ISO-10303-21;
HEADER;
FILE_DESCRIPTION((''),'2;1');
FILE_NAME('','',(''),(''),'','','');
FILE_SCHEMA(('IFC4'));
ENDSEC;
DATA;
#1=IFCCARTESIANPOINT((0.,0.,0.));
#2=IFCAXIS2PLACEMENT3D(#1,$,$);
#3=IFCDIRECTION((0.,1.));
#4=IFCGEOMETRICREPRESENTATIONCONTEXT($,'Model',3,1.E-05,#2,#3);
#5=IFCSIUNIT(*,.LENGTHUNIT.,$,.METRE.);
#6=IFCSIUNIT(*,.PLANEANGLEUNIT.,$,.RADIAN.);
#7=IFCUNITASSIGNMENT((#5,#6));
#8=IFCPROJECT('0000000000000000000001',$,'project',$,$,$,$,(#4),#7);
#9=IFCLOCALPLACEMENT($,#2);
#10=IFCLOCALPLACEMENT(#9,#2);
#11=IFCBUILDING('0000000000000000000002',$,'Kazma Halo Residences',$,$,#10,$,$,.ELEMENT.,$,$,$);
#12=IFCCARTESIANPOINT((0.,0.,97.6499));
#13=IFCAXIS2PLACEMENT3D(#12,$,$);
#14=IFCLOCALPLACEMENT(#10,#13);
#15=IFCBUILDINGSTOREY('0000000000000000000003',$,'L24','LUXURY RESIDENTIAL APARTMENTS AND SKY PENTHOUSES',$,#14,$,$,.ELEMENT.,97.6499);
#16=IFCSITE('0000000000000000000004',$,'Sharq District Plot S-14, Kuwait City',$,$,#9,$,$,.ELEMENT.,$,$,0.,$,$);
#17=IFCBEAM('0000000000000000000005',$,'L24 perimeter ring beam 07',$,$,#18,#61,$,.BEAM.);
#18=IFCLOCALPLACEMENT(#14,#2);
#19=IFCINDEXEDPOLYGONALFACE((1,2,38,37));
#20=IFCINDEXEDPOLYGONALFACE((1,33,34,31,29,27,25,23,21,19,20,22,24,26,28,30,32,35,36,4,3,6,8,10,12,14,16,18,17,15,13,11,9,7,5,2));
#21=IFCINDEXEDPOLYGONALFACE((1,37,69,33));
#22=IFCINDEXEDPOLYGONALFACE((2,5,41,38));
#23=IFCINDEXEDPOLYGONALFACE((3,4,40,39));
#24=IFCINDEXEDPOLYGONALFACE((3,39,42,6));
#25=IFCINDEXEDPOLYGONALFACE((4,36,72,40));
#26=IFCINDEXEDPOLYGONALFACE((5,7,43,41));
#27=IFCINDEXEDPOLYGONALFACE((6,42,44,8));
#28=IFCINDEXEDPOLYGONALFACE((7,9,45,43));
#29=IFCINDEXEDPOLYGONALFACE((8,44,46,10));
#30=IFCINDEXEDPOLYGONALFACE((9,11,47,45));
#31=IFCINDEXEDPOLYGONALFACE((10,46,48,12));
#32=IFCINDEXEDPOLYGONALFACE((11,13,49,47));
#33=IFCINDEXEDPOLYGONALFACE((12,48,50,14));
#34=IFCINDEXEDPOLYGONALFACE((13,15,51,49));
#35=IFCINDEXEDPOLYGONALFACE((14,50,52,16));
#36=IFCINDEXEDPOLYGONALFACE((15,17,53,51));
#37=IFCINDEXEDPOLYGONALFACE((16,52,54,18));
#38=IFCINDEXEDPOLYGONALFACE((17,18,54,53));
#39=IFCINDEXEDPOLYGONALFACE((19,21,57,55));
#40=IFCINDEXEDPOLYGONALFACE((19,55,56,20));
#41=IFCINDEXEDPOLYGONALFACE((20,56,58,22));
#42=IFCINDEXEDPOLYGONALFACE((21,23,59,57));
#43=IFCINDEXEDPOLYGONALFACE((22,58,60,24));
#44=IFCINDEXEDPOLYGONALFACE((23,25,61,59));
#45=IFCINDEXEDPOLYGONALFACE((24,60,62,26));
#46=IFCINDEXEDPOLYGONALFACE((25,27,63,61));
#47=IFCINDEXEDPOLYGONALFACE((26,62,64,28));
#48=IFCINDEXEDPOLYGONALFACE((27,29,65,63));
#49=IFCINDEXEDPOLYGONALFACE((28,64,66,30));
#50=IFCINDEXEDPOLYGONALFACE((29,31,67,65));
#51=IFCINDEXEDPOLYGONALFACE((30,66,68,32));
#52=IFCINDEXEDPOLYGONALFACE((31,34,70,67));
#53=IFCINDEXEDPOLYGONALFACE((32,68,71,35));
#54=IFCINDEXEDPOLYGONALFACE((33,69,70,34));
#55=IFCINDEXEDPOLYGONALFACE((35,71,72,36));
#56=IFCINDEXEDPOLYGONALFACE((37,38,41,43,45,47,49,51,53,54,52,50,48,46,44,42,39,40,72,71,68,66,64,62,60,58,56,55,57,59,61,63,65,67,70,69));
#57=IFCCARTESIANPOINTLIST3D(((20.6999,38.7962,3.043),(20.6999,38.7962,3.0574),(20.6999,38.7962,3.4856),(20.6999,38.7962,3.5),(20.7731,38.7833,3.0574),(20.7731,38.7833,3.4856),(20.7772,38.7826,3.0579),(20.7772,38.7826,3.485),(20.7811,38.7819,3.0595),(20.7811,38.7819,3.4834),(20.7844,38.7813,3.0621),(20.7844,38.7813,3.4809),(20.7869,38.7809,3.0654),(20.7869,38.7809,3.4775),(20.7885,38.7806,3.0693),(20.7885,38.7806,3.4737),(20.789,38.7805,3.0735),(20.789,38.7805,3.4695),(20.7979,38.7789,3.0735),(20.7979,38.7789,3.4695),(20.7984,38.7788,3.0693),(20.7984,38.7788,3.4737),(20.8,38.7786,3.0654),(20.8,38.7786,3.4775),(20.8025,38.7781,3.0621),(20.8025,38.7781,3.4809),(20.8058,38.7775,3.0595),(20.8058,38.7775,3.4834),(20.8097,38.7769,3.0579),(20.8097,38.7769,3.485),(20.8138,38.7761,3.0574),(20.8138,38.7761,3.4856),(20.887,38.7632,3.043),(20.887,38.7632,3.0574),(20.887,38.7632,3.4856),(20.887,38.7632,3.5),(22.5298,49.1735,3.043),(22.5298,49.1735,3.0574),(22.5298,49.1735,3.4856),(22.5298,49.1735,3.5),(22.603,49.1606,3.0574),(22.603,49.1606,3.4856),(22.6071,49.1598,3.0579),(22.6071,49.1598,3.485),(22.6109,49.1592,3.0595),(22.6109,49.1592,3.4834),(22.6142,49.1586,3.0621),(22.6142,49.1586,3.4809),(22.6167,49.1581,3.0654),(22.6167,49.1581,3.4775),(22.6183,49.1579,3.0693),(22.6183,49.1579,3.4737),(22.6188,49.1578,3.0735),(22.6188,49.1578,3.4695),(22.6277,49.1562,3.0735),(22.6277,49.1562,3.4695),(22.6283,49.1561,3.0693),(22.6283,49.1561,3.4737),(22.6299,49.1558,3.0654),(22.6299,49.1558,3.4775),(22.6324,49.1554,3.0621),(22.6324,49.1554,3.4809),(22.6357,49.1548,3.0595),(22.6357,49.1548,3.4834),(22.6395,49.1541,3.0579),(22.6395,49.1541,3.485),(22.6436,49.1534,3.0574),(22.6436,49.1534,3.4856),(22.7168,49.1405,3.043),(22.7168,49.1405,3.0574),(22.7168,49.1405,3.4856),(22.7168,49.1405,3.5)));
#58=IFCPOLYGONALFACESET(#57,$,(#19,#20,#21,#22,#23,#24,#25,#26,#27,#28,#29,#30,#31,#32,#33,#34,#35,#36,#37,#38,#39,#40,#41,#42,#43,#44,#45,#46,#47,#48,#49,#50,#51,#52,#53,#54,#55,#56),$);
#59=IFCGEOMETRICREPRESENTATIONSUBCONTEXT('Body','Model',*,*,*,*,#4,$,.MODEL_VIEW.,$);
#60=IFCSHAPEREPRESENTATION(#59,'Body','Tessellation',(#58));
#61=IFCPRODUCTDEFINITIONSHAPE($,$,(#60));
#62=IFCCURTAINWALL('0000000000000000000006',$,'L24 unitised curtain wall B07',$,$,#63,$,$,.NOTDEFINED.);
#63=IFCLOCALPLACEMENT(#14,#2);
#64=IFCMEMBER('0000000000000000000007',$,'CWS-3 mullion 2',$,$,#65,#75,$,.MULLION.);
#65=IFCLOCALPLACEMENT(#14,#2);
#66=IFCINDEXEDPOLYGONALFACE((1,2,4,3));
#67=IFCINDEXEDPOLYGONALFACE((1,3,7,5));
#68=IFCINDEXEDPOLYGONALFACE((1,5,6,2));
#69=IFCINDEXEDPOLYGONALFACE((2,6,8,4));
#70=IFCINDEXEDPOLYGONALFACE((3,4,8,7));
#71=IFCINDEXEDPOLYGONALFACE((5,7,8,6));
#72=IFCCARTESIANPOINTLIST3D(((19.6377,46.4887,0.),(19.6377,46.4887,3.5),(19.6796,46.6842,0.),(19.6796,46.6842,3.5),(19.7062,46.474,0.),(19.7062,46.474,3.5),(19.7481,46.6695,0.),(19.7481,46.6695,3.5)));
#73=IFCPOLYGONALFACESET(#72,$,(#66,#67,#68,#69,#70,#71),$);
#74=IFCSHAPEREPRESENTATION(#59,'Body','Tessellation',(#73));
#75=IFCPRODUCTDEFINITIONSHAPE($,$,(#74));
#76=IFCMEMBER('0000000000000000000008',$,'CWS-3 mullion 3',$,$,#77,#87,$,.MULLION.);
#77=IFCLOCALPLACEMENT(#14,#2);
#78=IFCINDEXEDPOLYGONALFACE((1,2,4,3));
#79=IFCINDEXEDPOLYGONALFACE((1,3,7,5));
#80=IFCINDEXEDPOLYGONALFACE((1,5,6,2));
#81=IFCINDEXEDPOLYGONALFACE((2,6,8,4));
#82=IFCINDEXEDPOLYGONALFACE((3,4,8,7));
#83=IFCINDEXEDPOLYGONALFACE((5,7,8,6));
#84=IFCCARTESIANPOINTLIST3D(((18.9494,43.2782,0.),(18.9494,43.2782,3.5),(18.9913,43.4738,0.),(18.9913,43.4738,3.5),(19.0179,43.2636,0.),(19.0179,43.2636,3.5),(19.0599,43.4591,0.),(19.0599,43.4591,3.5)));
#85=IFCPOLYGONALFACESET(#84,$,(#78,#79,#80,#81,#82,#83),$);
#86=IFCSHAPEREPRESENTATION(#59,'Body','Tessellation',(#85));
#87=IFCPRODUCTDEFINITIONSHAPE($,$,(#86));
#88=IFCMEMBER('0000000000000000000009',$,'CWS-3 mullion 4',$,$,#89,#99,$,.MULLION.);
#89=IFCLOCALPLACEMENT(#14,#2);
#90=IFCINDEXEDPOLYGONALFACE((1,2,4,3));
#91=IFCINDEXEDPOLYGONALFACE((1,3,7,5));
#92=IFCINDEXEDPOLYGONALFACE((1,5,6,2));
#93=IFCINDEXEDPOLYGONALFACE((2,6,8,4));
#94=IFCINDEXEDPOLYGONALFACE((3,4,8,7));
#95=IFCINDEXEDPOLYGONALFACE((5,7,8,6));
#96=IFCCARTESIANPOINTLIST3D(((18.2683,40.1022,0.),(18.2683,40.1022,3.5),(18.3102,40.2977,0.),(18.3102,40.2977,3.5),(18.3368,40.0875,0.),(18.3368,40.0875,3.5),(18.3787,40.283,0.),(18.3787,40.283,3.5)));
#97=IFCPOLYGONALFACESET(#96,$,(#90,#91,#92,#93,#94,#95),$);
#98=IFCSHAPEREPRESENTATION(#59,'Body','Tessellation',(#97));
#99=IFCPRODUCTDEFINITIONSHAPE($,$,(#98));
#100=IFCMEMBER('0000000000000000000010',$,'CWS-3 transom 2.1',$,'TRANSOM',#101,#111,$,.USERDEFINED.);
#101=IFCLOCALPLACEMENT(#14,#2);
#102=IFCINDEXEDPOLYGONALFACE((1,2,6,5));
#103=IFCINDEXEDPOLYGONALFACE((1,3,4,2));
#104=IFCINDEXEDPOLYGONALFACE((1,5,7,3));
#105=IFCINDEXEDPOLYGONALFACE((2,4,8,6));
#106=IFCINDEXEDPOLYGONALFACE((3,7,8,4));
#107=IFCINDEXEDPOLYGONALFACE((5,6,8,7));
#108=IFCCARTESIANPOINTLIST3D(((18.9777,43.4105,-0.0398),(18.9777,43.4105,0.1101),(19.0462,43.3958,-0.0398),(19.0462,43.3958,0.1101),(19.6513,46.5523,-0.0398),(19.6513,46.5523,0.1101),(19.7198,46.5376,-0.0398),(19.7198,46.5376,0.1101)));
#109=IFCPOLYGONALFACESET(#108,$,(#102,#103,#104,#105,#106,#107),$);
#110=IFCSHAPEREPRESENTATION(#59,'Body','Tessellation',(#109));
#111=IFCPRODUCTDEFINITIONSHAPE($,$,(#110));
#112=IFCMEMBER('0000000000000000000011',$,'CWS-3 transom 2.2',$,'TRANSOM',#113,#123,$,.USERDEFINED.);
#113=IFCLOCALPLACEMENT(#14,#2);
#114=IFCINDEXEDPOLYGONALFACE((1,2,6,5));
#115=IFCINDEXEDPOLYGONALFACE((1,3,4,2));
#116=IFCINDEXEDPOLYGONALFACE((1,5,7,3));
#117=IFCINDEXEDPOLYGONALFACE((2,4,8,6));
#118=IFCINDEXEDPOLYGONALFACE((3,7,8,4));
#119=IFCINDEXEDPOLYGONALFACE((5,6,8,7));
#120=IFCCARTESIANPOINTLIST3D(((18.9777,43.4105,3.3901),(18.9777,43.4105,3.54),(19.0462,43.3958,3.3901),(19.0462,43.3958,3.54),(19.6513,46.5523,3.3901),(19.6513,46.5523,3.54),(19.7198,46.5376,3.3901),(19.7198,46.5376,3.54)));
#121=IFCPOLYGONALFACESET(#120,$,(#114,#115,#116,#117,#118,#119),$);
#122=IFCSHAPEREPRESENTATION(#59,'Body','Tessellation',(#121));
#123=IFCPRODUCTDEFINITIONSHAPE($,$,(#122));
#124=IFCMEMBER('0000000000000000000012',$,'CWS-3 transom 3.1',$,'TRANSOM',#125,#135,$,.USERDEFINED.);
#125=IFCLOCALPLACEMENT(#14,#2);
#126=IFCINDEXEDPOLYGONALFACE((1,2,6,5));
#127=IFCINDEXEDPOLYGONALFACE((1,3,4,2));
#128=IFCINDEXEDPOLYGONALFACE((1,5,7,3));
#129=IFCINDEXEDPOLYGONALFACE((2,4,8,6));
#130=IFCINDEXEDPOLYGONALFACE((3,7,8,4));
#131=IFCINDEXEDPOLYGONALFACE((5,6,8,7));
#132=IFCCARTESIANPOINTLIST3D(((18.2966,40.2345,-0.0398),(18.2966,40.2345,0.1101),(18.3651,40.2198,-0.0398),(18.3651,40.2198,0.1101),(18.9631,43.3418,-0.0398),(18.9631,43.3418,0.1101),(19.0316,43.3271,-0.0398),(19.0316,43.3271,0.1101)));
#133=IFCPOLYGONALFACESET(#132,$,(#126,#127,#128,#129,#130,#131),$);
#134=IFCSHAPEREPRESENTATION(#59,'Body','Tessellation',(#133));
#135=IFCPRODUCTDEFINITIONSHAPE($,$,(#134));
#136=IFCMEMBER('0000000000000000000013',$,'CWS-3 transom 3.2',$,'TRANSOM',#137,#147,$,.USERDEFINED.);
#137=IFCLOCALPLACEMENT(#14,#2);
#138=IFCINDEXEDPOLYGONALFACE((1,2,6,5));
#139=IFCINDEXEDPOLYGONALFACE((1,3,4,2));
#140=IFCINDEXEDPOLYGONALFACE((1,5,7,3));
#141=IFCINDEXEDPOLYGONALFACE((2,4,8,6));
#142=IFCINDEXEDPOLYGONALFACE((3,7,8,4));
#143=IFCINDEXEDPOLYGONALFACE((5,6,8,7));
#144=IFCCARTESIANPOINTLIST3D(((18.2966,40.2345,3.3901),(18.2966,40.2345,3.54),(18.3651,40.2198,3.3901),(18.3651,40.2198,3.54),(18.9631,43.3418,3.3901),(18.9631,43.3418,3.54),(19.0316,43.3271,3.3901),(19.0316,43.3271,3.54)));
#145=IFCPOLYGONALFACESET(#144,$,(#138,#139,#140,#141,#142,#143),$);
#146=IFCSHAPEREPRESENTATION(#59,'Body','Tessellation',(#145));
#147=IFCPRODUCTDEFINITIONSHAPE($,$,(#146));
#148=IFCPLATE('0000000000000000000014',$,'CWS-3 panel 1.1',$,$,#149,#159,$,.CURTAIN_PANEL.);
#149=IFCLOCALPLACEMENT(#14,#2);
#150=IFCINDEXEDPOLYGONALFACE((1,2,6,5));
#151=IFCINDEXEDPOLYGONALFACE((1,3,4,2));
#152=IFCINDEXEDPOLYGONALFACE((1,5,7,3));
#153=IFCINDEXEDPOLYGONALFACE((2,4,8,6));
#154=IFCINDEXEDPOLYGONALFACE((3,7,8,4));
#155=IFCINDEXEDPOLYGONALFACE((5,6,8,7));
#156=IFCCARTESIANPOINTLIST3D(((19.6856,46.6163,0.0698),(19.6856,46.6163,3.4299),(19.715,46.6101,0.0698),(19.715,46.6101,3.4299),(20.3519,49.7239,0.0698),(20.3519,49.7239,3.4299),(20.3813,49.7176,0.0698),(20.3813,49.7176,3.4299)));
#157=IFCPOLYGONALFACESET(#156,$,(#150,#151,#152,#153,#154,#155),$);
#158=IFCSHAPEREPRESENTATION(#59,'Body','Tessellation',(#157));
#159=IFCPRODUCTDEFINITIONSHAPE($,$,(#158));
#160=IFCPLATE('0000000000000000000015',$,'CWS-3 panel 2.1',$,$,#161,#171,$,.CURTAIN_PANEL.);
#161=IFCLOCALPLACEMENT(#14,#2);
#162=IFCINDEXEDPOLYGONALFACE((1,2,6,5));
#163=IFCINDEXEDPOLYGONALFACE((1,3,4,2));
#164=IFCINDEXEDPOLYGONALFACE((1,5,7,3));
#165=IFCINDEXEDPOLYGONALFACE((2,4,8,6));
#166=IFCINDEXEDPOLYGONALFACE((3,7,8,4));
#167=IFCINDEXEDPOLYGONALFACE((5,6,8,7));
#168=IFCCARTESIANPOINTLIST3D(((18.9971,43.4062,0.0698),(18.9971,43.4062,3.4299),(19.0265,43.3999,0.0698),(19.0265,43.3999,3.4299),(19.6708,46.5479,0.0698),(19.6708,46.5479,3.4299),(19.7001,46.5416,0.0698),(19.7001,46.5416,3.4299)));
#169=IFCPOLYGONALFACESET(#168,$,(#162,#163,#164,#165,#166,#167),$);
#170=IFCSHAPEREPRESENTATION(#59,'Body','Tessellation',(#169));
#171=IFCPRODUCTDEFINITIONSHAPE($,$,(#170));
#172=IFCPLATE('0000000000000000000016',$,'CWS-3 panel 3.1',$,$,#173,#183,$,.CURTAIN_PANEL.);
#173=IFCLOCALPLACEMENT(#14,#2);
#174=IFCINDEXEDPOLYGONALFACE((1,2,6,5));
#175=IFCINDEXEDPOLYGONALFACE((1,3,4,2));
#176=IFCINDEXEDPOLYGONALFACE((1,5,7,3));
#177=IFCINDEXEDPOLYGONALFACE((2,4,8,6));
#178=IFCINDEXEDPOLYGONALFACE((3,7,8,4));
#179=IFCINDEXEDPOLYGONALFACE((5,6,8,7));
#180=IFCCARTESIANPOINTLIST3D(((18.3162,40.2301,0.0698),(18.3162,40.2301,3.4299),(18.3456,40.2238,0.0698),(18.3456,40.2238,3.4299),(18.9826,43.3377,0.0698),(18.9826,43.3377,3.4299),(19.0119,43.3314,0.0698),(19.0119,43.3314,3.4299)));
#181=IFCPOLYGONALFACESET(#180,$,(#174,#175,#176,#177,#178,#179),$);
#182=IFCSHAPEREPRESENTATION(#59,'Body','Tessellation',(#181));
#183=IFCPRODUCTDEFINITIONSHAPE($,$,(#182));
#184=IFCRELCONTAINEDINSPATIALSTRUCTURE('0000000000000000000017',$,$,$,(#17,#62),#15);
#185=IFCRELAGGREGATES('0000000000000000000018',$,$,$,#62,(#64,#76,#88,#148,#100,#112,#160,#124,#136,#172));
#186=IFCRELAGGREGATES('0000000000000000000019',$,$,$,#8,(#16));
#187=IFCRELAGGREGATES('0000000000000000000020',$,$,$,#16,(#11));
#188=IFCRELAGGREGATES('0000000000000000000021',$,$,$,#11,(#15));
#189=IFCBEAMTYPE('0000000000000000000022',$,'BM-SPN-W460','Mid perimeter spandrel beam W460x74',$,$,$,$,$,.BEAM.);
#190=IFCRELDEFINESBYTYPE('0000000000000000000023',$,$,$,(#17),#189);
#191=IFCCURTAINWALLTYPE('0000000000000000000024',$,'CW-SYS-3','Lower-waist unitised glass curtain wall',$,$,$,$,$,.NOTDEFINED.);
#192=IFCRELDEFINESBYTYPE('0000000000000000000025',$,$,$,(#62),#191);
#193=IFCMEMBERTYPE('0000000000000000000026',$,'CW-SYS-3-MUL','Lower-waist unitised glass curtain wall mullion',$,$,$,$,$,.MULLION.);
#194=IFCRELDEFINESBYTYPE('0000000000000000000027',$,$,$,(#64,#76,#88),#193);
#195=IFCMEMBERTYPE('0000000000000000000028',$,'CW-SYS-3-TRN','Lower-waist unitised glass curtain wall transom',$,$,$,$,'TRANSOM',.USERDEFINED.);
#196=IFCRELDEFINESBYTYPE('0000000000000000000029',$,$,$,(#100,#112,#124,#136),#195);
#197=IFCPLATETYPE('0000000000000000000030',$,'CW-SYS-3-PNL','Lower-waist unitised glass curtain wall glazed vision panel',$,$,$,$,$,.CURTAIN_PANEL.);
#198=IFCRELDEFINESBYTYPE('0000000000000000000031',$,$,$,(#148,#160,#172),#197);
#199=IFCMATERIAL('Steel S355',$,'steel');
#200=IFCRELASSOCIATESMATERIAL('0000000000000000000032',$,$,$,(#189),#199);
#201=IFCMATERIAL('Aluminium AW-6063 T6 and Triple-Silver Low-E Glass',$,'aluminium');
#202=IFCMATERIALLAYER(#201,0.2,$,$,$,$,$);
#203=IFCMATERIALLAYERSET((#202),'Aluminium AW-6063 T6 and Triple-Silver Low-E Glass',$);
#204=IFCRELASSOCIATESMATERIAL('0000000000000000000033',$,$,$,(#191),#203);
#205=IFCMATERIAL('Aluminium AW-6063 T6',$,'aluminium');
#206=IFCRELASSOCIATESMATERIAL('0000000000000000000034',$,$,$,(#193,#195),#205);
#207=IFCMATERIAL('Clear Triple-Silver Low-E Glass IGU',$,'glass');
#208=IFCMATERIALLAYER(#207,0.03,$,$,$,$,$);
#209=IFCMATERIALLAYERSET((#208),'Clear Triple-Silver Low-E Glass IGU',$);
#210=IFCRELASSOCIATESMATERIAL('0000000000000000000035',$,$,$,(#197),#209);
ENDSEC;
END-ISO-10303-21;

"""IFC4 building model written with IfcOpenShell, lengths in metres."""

from ifc_helpers import new_model, si_unit, direction, frame, origin, origin_2d, place, context, subcontext, project, spatial, rectangle, i_section, extrude, material, layer, layer_set, material_profile, profile_set, type_object, element, aggregate, save


model = new_model("IFC4")

# Units and contexts
model_context = context("Model", 3, precision=1e-05, world=origin(), true_north=direction((0.0, 1.0)))
body_context = subcontext(model_context, "Body", "Model", "MODEL_VIEW")
ifc_project = project(units=[si_unit("LENGTHUNIT", "METRE"), si_unit("PLANEANGLEUNIT", "RADIAN")], contexts=[model_context])

# Site, building, storey
site_placement = place(None, origin())
site = spatial("IfcSite", under=ifc_project, at=site_placement, Name="Sharq District Plot S-14, Kuwait City", CompositionType="ELEMENT", RefElevation=0.0)
building_placement = place(site_placement, origin())
building = spatial("IfcBuilding", under=site, at=building_placement, Name="Kazma Halo Residences", CompositionType="ELEMENT")
storey_placement = place(building_placement, frame((0.0, 0.0, 97.6499)))
storey = spatial("IfcBuildingStorey", under=building, at=storey_placement, Name="L24", Description="LUXURY RESIDENTIAL APARTMENTS AND SKY PENTHOUSES", CompositionType="ELEMENT", Elevation=97.6499)

# Beam
ifc_material_1 = material(Name="Steel S355", Category="steel")
ifc_material_profile_1 = material_profile(ifc_material_1, i_section(OverallWidth=0.1899, OverallDepth=0.457, WebThickness=0.009, FlangeThickness=0.0144, FilletRadius=0.0161, at=origin_2d()), Name="W460x74")
ifc_profile_set_1 = profile_set([ifc_material_profile_1], Name="Steel S355")
beam_type_1 = type_object("IfcBeamType", Name="BM-SPN-W460", Description="Mid perimeter spandrel beam W460x74", PredefinedType="BEAM", material=ifc_profile_set_1)
beam_1_placement = place(storey_placement, frame((22.6233, 49.157, 3.2715), z_axis=(-0.173653, -0.984807, 0.0), x_axis=(0.984807, -0.173653, 0.0)))
element("IfcBeam", 1, at=beam_1_placement, inside=storey, type_object=beam_type_1, Name="L24 perimeter ring beam 07", PredefinedType="BEAM", context=body_context, shape_type="SweptSolid", body=[
    extrude(i_section(OverallWidth=0.1899, OverallDepth=0.457, WebThickness=0.009, FlangeThickness=0.0144, FilletRadius=0.0161, at=origin_2d()), origin(), (0.0, 0.0, 1.0), 10.5374),
])

# Curtain wall, members, plates
ifc_material_2 = material(Name="Aluminium AW-6063 T6 and Triple-Silver Low-E Glass", Category="aluminium")
ifc_layer_1 = layer(ifc_material_2, 0.2)
ifc_layer_set_1 = layer_set([ifc_layer_1], Name="Aluminium AW-6063 T6 and Triple-Silver Low-E Glass")
curtain_wall_type = type_object("IfcCurtainWallType", Name="CW-SYS-3", Description="Lower-waist unitised glass curtain wall", PredefinedType="NOTDEFINED", material=ifc_layer_set_1)
curtain_wall_placement = place(storey_placement, origin())
curtain_wall = element("IfcCurtainWall", 2, at=curtain_wall_placement, inside=storey, type_object=curtain_wall_type, Name="L24 unitised curtain wall B07", PredefinedType="NOTDEFINED")
ifc_material_3 = material(Name="Aluminium AW-6063 T6", Category="aluminium")
ifc_material_profile_2 = material_profile(ifc_material_3, rectangle(XDim=0.0701, YDim=0.2, at=origin_2d()), Name="CWM-70x200")
ifc_profile_set_2 = profile_set([ifc_material_profile_2], Name="Aluminium AW-6063 T6")
member_type_1 = type_object("IfcMemberType", Name="CW-SYS-3-MUL", Description="Lower-waist unitised glass curtain wall mullion", PredefinedType="MULLION", material=ifc_profile_set_2)
member_1_placement = place(storey_placement, frame((19.6929, 46.5791, 0.0), z_axis=(0.0, 0.0, 1.0), x_axis=(0.977774, -0.209661, 0.0)))
member_1 = element("IfcMember", 3, at=member_1_placement, type_object=member_type_1, Name="CWS-3 mullion 2", PredefinedType="MULLION", context=body_context, shape_type="SweptSolid", body=[
    extrude(rectangle(XDim=0.0701, YDim=0.2, at=origin_2d()), origin(), (0.0, 0.0, 1.0), 3.5),
])
member_2_placement = place(storey_placement, frame((19.0046, 43.3687, 0.0), z_axis=(0.0, 0.0, 1.0), x_axis=(0.977774, -0.209661, 0.0)))
member_2 = element("IfcMember", 4, at=member_2_placement, type_object=member_type_1, Name="CWS-3 mullion 3", PredefinedType="MULLION", context=body_context, shape_type="SweptSolid", body=[
    extrude(rectangle(XDim=0.0701, YDim=0.2, at=origin_2d()), origin(), (0.0, 0.0, 1.0), 3.5),
])
member_3_placement = place(storey_placement, frame((18.3235, 40.1926, 0.0), z_axis=(0.0, 0.0, 1.0), x_axis=(0.977774, -0.209661, 0.0)))
member_3 = element("IfcMember", 5, at=member_3_placement, type_object=member_type_1, Name="CWS-3 mullion 4", PredefinedType="MULLION", context=body_context, shape_type="SweptSolid", body=[
    extrude(rectangle(XDim=0.0701, YDim=0.2, at=origin_2d()), origin(), (0.0, 0.0, 1.0), 3.5),
])
ifc_material_profile_3 = material_profile(ifc_material_3, rectangle(XDim=0.0701, YDim=0.1499, at=origin_2d()), Name="CWT-70x150")
ifc_profile_set_3 = profile_set([ifc_material_profile_3], Name="Aluminium AW-6063 T6")
member_type_2 = type_object("IfcMemberType", Name="CW-SYS-3-TRN", Description="Lower-waist unitised glass curtain wall transom", ElementType="TRANSOM", PredefinedType="USERDEFINED", material=ifc_profile_set_3)
member_4_placement = place(storey_placement, frame((19.6855, 46.5449, 0.0352), z_axis=(-0.209628, -0.977781, 0.0), x_axis=(0.977781, -0.209628, 0.0)))
member_4 = element("IfcMember", 6, at=member_4_placement, type_object=member_type_2, Name="CWS-3 transom 2.1", ObjectType="TRANSOM", PredefinedType="USERDEFINED", context=body_context, shape_type="SweptSolid", body=[
    extrude(rectangle(XDim=0.0701, YDim=0.1499, at=origin_2d()), origin(), (0.0, 0.0, 1.0), 3.2131),
])
member_5_placement = place(storey_placement, frame((19.6855, 46.5449, 3.4651), z_axis=(-0.209628, -0.977781, 0.0), x_axis=(0.977781, -0.209628, 0.0)))
member_5 = element("IfcMember", 7, at=member_5_placement, type_object=member_type_2, Name="CWS-3 transom 2.2", ObjectType="TRANSOM", PredefinedType="USERDEFINED", context=body_context, shape_type="SweptSolid", body=[
    extrude(rectangle(XDim=0.0701, YDim=0.1499, at=origin_2d()), origin(), (0.0, 0.0, 1.0), 3.2131),
])
member_6_placement = place(storey_placement, frame((18.9973, 43.3345, 0.0352), z_axis=(-0.209718, -0.977762, 0.0), x_axis=(0.977762, -0.209718, 0.0)))
member_6 = element("IfcMember", 8, at=member_6_placement, type_object=member_type_2, Name="CWS-3 transom 3.1", ObjectType="TRANSOM", PredefinedType="USERDEFINED", context=body_context, shape_type="SweptSolid", body=[
    extrude(rectangle(XDim=0.0701, YDim=0.1499, at=origin_2d()), origin(), (0.0, 0.0, 1.0), 3.178),
])
member_7_placement = place(storey_placement, frame((18.9973, 43.3345, 3.4651), z_axis=(-0.209718, -0.977762, 0.0), x_axis=(0.977762, -0.209718, 0.0)))
member_7 = element("IfcMember", 9, at=member_7_placement, type_object=member_type_2, Name="CWS-3 transom 3.2", ObjectType="TRANSOM", PredefinedType="USERDEFINED", context=body_context, shape_type="SweptSolid", body=[
    extrude(rectangle(XDim=0.0701, YDim=0.1499, at=origin_2d()), origin(), (0.0, 0.0, 1.0), 3.178),
])
ifc_material_4 = material(Name="Clear Triple-Silver Low-E Glass IGU", Category="glass")
ifc_layer_2 = layer(ifc_material_4, 0.03)
ifc_layer_set_2 = layer_set([ifc_layer_2], Name="Clear Triple-Silver Low-E Glass IGU")
plate_type = type_object("IfcPlateType", Name="CW-SYS-3-PNL", Description="Lower-waist unitised glass curtain wall glazed vision panel", PredefinedType="CURTAIN_PANEL", material=ifc_layer_set_2)
plate_1_placement = place(storey_placement, frame((20.0334, 48.167, 0.0698), z_axis=(0.0, 0.0, 1.0), x_axis=(-0.209661, -0.977774, 0.0)))
plate_1 = element("IfcPlate", 10, at=plate_1_placement, type_object=plate_type, Name="CWS-3 panel 1.1", PredefinedType="CURTAIN_PANEL", context=body_context, shape_type="SweptSolid", body=[
    extrude(rectangle(XDim=3.1782, YDim=0.03, at=origin_2d()), origin(), (0.0, 0.0, 1.0), 3.3601),
])
plate_2_placement = place(storey_placement, frame((19.3486, 44.9739, 0.0698), z_axis=(0.0, 0.0, 1.0), x_axis=(-0.209661, -0.977774, 0.0)))
plate_2 = element("IfcPlate", 11, at=plate_2_placement, type_object=plate_type, Name="CWS-3 panel 2.1", PredefinedType="CURTAIN_PANEL", context=body_context, shape_type="SweptSolid", body=[
    extrude(rectangle(XDim=3.2131, YDim=0.03, at=origin_2d()), origin(), (0.0, 0.0, 1.0), 3.3601),
])
plate_3_placement = place(storey_placement, frame((18.6641, 41.7808, 0.0698), z_axis=(0.0, 0.0, 1.0), x_axis=(-0.209661, -0.977774, 0.0)))
plate_3 = element("IfcPlate", 12, at=plate_3_placement, type_object=plate_type, Name="CWS-3 panel 3.1", PredefinedType="CURTAIN_PANEL", context=body_context, shape_type="SweptSolid", body=[
    extrude(rectangle(XDim=3.1782, YDim=0.03, at=origin_2d()), origin(), (0.0, 0.0, 1.0), 3.3601),
])
aggregate(curtain_wall, [member_1, member_2, member_3, plate_1, member_4, member_5, plate_2, member_6, member_7, plate_3])

save(model, "model.ifc")
